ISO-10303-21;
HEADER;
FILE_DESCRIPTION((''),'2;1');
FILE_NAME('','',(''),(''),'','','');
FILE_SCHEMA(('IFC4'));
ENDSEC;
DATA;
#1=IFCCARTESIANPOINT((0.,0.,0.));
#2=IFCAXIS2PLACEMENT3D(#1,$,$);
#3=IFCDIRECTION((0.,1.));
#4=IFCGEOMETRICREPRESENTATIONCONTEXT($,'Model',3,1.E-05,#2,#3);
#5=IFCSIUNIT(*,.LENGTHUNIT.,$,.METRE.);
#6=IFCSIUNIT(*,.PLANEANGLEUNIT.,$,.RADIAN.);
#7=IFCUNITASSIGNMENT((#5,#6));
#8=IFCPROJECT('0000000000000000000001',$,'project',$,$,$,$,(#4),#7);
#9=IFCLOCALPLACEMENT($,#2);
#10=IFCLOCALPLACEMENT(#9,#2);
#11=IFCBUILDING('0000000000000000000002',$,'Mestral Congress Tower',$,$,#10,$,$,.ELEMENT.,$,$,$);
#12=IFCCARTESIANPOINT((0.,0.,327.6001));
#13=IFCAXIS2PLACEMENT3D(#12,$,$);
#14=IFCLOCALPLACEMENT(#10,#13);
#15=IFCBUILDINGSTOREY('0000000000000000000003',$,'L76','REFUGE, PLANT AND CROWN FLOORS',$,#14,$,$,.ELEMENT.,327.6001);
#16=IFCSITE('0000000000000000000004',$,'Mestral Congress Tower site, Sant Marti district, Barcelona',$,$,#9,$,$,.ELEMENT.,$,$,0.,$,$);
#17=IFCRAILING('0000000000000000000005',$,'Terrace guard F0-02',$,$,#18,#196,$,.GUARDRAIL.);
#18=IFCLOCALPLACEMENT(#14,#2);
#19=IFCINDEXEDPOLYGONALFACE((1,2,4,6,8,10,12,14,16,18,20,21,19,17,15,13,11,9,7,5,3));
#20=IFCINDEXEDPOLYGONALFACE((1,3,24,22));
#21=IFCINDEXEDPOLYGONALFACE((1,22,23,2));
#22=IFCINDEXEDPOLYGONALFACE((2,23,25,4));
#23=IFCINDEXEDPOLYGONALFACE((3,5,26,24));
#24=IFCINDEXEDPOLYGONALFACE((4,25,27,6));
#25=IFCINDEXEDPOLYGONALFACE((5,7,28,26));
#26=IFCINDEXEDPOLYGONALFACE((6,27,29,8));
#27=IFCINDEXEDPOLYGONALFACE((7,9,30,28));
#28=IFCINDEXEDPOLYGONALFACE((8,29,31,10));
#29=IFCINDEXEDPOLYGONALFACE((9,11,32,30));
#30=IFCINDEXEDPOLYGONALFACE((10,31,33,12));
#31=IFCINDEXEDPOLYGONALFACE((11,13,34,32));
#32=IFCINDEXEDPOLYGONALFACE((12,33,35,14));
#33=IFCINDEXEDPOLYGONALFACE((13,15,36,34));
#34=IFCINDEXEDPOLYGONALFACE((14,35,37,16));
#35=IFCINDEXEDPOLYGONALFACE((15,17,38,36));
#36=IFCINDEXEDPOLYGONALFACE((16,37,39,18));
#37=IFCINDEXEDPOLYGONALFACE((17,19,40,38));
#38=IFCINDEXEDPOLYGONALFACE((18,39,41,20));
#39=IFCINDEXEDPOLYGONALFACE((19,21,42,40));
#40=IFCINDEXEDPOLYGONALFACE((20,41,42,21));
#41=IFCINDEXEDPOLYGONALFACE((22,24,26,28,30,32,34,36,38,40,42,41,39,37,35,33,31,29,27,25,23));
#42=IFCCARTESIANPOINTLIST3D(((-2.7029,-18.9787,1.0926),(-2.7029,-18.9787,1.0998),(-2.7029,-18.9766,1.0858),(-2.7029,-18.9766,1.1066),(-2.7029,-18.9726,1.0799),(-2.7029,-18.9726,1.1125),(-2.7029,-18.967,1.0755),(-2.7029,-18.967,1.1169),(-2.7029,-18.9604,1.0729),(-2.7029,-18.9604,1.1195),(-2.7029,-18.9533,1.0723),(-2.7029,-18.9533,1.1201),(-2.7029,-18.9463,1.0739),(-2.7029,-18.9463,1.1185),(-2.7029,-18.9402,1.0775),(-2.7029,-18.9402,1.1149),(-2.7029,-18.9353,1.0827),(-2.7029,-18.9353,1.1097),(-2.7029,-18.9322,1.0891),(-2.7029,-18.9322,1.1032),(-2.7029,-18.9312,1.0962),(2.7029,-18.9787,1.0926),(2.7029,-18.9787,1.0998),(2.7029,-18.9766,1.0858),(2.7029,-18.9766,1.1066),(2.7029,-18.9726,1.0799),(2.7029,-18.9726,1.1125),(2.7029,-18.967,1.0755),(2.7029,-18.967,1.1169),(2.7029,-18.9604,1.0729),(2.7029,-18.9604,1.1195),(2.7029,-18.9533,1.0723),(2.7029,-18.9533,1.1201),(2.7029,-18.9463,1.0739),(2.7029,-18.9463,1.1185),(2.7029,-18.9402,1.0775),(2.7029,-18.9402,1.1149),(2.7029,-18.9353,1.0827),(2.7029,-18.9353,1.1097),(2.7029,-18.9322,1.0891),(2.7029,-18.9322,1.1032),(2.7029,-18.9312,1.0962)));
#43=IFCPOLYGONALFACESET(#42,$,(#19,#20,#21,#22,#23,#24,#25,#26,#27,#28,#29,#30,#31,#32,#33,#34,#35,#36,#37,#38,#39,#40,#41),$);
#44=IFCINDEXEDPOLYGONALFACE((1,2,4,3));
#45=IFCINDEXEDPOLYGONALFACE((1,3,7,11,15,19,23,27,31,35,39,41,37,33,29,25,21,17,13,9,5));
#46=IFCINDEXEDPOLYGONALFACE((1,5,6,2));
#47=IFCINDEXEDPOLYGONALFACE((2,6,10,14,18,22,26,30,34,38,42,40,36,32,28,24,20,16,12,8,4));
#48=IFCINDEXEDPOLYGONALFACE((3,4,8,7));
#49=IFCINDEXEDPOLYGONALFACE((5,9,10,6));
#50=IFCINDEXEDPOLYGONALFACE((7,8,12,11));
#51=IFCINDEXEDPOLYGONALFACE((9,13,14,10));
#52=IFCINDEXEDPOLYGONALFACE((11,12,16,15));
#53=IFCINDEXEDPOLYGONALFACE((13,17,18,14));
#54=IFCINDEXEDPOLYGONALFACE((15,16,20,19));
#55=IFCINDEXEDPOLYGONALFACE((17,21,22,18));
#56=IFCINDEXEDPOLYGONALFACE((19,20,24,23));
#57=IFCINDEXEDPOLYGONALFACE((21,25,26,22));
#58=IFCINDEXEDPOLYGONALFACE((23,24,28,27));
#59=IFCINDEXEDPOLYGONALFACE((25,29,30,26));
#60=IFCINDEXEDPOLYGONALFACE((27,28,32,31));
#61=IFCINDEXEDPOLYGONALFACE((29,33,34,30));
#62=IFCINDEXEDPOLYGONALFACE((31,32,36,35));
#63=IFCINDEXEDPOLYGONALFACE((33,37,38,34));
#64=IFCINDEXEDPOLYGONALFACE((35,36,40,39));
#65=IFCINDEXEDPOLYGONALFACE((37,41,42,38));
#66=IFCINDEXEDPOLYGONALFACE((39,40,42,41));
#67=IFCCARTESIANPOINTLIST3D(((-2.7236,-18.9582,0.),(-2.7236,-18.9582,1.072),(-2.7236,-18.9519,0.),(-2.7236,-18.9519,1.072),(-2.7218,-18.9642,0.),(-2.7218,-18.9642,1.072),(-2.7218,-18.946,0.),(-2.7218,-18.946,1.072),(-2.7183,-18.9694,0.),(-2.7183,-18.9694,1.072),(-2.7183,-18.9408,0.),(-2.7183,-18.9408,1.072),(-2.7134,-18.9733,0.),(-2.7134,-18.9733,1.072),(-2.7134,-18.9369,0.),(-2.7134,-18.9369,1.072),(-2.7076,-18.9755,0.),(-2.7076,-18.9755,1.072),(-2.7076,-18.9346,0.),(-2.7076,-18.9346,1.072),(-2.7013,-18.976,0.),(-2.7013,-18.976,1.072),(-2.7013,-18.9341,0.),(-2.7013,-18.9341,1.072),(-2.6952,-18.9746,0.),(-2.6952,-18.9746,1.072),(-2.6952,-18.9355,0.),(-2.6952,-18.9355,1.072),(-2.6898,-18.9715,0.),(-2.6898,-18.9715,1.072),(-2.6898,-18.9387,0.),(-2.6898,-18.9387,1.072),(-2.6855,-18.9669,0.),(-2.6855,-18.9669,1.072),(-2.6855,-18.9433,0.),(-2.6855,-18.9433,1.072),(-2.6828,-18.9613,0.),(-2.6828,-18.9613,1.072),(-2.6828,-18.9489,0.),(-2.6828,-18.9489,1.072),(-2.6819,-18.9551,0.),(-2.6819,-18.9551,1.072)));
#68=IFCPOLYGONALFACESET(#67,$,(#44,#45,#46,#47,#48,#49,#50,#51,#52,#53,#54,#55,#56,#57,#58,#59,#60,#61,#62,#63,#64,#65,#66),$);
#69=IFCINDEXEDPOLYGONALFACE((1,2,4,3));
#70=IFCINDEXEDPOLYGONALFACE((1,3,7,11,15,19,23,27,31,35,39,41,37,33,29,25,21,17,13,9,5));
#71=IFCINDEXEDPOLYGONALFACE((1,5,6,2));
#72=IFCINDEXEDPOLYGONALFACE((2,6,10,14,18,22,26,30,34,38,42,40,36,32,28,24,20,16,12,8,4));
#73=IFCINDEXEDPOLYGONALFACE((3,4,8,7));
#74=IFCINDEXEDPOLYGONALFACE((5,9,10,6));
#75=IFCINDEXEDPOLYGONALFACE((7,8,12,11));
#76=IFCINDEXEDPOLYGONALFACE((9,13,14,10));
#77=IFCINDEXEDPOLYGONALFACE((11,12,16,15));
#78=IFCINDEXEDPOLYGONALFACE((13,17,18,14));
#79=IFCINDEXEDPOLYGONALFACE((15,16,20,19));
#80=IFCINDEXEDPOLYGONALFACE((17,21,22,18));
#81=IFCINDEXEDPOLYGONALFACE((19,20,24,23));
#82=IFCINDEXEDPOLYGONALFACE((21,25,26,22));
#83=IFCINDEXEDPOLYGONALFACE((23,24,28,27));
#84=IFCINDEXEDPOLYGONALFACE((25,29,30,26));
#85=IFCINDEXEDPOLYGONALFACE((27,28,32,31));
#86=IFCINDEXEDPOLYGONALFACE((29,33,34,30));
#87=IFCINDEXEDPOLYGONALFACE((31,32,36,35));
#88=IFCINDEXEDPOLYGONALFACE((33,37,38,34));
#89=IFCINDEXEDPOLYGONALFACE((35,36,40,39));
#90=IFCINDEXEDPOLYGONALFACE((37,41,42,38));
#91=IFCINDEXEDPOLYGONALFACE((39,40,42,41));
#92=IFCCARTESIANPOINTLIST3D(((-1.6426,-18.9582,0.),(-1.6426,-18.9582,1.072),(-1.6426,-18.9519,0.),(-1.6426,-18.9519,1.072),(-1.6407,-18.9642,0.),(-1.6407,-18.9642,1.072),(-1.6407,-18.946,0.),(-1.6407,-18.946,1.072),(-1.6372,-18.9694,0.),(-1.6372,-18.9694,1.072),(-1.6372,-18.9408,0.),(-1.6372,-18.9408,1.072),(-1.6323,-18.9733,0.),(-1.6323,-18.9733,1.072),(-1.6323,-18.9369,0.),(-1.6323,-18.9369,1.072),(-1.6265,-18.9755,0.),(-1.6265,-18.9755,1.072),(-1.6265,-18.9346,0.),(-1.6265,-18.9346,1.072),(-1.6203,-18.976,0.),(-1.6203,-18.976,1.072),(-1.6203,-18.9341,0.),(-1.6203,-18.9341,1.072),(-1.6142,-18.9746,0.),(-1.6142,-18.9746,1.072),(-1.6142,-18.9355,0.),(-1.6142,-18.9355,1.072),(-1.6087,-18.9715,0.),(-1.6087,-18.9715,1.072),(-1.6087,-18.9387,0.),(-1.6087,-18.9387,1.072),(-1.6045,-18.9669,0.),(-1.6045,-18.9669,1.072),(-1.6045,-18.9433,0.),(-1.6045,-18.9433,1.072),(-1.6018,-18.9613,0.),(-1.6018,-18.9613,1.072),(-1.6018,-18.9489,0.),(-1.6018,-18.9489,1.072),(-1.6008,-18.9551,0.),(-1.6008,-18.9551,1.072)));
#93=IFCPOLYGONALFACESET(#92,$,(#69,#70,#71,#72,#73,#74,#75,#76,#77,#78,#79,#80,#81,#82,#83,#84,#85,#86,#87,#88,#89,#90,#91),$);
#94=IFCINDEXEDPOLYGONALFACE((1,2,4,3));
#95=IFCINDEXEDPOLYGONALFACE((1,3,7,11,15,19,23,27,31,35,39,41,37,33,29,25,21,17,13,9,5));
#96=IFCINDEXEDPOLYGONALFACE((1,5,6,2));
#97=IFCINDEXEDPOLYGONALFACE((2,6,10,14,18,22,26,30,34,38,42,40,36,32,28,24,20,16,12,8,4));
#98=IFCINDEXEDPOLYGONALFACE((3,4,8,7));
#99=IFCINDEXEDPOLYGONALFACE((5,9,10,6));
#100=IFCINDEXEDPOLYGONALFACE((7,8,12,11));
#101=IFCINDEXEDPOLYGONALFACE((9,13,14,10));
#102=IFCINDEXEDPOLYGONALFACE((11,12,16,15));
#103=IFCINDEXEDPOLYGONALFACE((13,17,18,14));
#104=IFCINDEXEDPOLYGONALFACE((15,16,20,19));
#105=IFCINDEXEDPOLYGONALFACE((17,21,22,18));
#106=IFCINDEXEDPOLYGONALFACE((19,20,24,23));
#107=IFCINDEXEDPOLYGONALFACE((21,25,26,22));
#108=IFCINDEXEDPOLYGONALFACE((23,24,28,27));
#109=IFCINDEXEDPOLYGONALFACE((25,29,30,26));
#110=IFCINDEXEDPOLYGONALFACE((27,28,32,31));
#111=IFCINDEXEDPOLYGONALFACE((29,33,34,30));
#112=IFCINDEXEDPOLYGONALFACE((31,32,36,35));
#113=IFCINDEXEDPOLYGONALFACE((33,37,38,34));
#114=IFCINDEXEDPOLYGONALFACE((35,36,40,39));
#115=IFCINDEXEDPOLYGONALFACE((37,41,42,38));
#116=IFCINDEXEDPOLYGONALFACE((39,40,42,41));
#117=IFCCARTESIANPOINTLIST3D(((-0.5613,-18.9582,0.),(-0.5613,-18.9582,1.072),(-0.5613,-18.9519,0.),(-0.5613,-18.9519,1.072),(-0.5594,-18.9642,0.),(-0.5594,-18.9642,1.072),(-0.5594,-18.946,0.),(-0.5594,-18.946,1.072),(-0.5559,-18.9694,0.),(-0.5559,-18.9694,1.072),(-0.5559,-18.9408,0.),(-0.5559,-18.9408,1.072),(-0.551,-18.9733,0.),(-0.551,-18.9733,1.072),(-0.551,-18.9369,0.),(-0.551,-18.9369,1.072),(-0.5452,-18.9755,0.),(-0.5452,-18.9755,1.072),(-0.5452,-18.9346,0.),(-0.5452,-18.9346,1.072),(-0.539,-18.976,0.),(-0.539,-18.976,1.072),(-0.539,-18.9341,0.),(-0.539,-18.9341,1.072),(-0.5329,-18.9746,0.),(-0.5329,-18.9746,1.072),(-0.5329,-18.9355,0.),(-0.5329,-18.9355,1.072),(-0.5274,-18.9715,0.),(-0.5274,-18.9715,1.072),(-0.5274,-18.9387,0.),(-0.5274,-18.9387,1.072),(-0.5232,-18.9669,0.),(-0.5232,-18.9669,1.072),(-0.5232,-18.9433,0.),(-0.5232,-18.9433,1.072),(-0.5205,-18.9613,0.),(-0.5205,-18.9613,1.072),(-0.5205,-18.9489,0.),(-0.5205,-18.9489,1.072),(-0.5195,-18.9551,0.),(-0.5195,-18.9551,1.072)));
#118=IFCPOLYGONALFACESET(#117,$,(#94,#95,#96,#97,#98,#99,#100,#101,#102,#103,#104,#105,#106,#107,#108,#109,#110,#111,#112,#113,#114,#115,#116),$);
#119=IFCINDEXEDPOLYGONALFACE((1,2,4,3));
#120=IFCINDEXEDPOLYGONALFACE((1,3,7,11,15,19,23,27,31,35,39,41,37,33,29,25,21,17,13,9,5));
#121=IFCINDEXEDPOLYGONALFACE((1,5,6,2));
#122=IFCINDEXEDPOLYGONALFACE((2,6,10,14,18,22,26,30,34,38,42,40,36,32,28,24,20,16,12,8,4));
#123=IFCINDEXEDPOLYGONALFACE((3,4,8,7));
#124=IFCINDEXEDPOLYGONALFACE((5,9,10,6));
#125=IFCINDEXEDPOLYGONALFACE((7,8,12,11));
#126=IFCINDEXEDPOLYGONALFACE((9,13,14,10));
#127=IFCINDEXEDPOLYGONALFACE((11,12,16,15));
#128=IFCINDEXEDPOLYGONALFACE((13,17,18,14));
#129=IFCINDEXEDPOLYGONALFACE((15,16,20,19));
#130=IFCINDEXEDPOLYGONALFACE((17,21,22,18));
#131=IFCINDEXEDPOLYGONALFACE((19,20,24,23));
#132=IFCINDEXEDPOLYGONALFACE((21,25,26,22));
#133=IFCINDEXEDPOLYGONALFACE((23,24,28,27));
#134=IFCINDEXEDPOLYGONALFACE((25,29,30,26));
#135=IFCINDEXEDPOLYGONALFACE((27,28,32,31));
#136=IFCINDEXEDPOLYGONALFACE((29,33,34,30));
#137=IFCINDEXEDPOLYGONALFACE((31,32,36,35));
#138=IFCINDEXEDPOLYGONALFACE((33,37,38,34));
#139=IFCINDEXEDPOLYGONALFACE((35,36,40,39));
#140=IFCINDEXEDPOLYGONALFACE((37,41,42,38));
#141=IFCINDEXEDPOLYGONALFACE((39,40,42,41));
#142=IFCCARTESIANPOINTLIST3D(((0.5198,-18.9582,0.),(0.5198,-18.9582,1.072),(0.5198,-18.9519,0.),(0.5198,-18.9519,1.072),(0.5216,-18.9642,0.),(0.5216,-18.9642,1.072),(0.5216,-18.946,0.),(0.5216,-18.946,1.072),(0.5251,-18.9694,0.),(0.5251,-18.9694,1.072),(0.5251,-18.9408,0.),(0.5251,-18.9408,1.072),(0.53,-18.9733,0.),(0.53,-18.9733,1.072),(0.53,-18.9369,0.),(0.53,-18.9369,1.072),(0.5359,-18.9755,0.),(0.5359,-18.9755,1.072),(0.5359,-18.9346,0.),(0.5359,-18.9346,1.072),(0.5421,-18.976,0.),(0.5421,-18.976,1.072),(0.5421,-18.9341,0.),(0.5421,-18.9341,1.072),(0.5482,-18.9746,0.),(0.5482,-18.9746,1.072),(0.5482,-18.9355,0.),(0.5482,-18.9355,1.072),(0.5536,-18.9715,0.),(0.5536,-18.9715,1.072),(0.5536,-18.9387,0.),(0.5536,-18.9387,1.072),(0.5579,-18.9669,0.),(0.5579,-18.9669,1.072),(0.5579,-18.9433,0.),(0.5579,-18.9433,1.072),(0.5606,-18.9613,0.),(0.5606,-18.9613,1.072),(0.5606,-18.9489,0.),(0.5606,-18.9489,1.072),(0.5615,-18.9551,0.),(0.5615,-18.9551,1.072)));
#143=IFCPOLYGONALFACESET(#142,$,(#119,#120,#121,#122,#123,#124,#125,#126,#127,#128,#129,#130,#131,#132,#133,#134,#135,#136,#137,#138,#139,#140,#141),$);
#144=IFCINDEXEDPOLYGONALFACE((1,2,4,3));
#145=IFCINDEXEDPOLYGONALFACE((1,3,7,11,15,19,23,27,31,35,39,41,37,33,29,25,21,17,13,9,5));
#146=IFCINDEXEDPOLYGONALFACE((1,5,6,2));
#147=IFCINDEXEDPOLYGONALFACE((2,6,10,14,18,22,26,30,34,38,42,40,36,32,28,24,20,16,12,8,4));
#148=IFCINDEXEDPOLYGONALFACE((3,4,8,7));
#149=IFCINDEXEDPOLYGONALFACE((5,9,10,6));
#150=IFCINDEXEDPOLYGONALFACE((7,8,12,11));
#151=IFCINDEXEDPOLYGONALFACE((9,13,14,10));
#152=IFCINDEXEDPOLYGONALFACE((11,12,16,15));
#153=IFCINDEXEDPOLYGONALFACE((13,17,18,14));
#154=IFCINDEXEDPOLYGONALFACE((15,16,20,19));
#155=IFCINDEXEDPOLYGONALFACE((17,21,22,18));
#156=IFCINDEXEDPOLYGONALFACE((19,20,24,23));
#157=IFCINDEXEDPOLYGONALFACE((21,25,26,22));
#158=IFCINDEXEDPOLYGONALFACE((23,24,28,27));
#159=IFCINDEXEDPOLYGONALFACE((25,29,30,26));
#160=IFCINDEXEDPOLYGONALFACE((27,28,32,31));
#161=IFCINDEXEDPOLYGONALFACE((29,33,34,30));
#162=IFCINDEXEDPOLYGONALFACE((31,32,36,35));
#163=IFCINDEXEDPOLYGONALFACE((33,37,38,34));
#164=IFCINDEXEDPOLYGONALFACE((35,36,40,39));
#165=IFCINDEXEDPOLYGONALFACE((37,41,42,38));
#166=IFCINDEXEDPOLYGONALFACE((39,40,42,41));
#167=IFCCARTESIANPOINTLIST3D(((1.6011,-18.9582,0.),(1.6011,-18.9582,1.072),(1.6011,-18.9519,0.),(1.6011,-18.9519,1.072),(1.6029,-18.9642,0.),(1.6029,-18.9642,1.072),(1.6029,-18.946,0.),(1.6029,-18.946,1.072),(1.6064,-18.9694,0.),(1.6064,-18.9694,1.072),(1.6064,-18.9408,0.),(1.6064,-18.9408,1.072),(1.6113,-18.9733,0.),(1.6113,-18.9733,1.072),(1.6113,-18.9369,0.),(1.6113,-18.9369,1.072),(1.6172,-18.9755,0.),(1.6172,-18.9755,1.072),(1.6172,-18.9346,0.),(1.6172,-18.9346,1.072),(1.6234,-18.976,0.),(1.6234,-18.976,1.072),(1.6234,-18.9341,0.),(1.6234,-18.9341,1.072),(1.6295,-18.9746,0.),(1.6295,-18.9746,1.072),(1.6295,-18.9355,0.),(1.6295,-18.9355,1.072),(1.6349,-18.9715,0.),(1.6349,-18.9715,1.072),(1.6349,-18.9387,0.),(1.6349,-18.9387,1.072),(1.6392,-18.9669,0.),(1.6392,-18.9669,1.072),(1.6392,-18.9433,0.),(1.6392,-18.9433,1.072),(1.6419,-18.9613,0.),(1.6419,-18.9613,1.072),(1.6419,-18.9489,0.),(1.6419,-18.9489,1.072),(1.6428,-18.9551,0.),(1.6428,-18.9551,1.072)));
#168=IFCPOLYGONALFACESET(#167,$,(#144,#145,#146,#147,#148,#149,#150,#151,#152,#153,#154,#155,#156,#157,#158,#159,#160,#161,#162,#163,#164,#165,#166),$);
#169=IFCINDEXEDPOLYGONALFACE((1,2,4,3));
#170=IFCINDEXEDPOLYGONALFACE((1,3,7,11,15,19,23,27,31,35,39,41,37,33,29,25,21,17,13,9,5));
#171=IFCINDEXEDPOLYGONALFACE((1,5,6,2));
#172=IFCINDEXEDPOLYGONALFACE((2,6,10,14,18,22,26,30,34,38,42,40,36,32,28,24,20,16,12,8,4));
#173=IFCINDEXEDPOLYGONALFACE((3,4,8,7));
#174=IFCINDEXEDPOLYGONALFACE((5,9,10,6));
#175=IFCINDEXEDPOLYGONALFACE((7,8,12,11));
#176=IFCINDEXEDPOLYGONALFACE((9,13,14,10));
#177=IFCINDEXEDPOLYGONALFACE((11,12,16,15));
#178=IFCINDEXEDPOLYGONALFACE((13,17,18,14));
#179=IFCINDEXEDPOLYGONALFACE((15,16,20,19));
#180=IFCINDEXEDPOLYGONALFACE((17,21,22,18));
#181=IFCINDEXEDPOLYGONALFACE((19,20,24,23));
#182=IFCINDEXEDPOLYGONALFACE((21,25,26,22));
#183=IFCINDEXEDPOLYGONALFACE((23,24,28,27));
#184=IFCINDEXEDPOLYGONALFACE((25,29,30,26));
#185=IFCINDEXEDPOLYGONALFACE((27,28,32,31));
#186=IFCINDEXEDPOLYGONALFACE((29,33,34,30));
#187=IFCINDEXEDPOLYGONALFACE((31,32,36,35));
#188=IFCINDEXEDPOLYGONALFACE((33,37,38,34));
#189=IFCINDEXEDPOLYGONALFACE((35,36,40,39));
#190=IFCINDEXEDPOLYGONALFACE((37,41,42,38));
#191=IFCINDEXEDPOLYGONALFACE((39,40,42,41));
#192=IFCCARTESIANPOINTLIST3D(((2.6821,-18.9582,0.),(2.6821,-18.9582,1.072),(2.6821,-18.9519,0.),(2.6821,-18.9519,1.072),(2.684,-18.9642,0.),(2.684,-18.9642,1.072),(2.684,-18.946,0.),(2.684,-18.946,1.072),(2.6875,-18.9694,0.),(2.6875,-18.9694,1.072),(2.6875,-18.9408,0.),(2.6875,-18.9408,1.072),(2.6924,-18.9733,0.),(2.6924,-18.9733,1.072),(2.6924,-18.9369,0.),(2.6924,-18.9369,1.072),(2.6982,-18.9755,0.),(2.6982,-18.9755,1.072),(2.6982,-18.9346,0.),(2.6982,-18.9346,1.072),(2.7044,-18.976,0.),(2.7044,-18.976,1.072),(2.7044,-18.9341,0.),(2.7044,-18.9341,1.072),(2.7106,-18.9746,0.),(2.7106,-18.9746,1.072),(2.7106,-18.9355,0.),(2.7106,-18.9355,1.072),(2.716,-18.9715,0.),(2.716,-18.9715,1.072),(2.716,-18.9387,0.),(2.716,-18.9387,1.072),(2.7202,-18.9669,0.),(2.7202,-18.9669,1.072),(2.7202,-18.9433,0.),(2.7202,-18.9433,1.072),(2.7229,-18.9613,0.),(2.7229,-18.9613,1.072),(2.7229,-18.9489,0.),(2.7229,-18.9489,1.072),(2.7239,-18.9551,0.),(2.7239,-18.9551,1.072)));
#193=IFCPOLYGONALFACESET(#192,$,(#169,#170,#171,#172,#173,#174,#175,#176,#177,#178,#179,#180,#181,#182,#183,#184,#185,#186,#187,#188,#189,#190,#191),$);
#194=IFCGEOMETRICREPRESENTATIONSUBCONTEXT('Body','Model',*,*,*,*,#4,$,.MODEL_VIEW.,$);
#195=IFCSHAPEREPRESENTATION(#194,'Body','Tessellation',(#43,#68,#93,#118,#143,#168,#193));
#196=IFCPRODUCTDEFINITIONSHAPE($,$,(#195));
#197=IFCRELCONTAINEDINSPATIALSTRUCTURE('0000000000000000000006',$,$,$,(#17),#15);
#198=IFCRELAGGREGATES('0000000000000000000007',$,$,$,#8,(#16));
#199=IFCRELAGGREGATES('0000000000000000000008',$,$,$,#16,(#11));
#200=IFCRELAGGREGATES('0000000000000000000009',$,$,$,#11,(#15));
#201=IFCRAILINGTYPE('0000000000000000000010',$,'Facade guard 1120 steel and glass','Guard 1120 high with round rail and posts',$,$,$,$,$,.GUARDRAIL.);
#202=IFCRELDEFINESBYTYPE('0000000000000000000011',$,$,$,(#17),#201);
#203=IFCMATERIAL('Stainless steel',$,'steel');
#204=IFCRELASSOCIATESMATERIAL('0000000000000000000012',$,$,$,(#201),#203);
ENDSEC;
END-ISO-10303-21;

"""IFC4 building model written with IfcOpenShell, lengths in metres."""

from ifc_helpers import new_model, si_unit, direction, frame, origin, origin_2d, place, context, subcontext, project, spatial, circle, extrude, material, type_object, element, save


model = new_model("IFC4")

# Units and contexts
model_context = context("Model", 3, precision=1e-05, world=origin(), true_north=direction((0.0, 1.0)))
body_context = subcontext(model_context, "Body", "Model", "MODEL_VIEW")
ifc_project = project(units=[si_unit("LENGTHUNIT", "METRE"), si_unit("PLANEANGLEUNIT", "RADIAN")], contexts=[model_context])

# Site, building, storey
site_placement = place(None, origin())
site = spatial("IfcSite", under=ifc_project, at=site_placement, Name="Mestral Congress Tower site, Sant Marti district, Barcelona", CompositionType="ELEMENT", RefElevation=0.0)
building_placement = place(site_placement, origin())
building = spatial("IfcBuilding", under=site, at=building_placement, Name="Mestral Congress Tower", CompositionType="ELEMENT")
storey_placement = place(building_placement, frame((0.0, 0.0, 327.6001)))
storey = spatial("IfcBuildingStorey", under=building, at=storey_placement, Name="L76", Description="REFUGE, PLANT AND CROWN FLOORS", CompositionType="ELEMENT", Elevation=327.6001)

# Railing
ifc_material_1 = material(Name="Stainless steel", Category="steel")
railing_type_1 = type_object("IfcRailingType", Name="Facade guard 1120 steel and glass", Description="Guard 1120 high with round rail and posts", PredefinedType="GUARDRAIL", material=ifc_material_1)
railing_1_placement = place(storey_placement, frame((-2.7029, -18.9551, 0.0)))
element("IfcRailing", 1, at=railing_1_placement, inside=storey, type_object=railing_type_1, Name="Terrace guard F0-02", PredefinedType="GUARDRAIL", context=body_context, shape_type="SweptSolid", body=[
    extrude(circle(Radius=0.0239, at=origin_2d()), frame((0.0, 0.0, 1.0962), z_axis=(1.0, 0.0, 0.0), x_axis=(0.0, 1.0, 0.0)), (0.0, 0.0, 1.0), 5.4058),
    extrude(circle(Radius=0.021, at=origin_2d()), origin(), (0.0, 0.0, 1.0), 1.072),
    extrude(circle(Radius=0.021, at=origin_2d()), frame((1.0811, 0.0, 0.0)), (0.0, 0.0, 1.0), 1.072),
    extrude(circle(Radius=0.021, at=origin_2d()), frame((2.1624, 0.0, 0.0)), (0.0, 0.0, 1.0), 1.072),
    extrude(circle(Radius=0.021, at=origin_2d()), frame((3.2434, 0.0, 0.0)), (0.0, 0.0, 1.0), 1.072),
    extrude(circle(Radius=0.021, at=origin_2d()), frame((4.3247, 0.0, 0.0)), (0.0, 0.0, 1.0), 1.072),
    extrude(circle(Radius=0.021, at=origin_2d()), frame((5.4058, 0.0, 0.0)), (0.0, 0.0, 1.0), 1.072),
])

save(model, "model.ifc")
